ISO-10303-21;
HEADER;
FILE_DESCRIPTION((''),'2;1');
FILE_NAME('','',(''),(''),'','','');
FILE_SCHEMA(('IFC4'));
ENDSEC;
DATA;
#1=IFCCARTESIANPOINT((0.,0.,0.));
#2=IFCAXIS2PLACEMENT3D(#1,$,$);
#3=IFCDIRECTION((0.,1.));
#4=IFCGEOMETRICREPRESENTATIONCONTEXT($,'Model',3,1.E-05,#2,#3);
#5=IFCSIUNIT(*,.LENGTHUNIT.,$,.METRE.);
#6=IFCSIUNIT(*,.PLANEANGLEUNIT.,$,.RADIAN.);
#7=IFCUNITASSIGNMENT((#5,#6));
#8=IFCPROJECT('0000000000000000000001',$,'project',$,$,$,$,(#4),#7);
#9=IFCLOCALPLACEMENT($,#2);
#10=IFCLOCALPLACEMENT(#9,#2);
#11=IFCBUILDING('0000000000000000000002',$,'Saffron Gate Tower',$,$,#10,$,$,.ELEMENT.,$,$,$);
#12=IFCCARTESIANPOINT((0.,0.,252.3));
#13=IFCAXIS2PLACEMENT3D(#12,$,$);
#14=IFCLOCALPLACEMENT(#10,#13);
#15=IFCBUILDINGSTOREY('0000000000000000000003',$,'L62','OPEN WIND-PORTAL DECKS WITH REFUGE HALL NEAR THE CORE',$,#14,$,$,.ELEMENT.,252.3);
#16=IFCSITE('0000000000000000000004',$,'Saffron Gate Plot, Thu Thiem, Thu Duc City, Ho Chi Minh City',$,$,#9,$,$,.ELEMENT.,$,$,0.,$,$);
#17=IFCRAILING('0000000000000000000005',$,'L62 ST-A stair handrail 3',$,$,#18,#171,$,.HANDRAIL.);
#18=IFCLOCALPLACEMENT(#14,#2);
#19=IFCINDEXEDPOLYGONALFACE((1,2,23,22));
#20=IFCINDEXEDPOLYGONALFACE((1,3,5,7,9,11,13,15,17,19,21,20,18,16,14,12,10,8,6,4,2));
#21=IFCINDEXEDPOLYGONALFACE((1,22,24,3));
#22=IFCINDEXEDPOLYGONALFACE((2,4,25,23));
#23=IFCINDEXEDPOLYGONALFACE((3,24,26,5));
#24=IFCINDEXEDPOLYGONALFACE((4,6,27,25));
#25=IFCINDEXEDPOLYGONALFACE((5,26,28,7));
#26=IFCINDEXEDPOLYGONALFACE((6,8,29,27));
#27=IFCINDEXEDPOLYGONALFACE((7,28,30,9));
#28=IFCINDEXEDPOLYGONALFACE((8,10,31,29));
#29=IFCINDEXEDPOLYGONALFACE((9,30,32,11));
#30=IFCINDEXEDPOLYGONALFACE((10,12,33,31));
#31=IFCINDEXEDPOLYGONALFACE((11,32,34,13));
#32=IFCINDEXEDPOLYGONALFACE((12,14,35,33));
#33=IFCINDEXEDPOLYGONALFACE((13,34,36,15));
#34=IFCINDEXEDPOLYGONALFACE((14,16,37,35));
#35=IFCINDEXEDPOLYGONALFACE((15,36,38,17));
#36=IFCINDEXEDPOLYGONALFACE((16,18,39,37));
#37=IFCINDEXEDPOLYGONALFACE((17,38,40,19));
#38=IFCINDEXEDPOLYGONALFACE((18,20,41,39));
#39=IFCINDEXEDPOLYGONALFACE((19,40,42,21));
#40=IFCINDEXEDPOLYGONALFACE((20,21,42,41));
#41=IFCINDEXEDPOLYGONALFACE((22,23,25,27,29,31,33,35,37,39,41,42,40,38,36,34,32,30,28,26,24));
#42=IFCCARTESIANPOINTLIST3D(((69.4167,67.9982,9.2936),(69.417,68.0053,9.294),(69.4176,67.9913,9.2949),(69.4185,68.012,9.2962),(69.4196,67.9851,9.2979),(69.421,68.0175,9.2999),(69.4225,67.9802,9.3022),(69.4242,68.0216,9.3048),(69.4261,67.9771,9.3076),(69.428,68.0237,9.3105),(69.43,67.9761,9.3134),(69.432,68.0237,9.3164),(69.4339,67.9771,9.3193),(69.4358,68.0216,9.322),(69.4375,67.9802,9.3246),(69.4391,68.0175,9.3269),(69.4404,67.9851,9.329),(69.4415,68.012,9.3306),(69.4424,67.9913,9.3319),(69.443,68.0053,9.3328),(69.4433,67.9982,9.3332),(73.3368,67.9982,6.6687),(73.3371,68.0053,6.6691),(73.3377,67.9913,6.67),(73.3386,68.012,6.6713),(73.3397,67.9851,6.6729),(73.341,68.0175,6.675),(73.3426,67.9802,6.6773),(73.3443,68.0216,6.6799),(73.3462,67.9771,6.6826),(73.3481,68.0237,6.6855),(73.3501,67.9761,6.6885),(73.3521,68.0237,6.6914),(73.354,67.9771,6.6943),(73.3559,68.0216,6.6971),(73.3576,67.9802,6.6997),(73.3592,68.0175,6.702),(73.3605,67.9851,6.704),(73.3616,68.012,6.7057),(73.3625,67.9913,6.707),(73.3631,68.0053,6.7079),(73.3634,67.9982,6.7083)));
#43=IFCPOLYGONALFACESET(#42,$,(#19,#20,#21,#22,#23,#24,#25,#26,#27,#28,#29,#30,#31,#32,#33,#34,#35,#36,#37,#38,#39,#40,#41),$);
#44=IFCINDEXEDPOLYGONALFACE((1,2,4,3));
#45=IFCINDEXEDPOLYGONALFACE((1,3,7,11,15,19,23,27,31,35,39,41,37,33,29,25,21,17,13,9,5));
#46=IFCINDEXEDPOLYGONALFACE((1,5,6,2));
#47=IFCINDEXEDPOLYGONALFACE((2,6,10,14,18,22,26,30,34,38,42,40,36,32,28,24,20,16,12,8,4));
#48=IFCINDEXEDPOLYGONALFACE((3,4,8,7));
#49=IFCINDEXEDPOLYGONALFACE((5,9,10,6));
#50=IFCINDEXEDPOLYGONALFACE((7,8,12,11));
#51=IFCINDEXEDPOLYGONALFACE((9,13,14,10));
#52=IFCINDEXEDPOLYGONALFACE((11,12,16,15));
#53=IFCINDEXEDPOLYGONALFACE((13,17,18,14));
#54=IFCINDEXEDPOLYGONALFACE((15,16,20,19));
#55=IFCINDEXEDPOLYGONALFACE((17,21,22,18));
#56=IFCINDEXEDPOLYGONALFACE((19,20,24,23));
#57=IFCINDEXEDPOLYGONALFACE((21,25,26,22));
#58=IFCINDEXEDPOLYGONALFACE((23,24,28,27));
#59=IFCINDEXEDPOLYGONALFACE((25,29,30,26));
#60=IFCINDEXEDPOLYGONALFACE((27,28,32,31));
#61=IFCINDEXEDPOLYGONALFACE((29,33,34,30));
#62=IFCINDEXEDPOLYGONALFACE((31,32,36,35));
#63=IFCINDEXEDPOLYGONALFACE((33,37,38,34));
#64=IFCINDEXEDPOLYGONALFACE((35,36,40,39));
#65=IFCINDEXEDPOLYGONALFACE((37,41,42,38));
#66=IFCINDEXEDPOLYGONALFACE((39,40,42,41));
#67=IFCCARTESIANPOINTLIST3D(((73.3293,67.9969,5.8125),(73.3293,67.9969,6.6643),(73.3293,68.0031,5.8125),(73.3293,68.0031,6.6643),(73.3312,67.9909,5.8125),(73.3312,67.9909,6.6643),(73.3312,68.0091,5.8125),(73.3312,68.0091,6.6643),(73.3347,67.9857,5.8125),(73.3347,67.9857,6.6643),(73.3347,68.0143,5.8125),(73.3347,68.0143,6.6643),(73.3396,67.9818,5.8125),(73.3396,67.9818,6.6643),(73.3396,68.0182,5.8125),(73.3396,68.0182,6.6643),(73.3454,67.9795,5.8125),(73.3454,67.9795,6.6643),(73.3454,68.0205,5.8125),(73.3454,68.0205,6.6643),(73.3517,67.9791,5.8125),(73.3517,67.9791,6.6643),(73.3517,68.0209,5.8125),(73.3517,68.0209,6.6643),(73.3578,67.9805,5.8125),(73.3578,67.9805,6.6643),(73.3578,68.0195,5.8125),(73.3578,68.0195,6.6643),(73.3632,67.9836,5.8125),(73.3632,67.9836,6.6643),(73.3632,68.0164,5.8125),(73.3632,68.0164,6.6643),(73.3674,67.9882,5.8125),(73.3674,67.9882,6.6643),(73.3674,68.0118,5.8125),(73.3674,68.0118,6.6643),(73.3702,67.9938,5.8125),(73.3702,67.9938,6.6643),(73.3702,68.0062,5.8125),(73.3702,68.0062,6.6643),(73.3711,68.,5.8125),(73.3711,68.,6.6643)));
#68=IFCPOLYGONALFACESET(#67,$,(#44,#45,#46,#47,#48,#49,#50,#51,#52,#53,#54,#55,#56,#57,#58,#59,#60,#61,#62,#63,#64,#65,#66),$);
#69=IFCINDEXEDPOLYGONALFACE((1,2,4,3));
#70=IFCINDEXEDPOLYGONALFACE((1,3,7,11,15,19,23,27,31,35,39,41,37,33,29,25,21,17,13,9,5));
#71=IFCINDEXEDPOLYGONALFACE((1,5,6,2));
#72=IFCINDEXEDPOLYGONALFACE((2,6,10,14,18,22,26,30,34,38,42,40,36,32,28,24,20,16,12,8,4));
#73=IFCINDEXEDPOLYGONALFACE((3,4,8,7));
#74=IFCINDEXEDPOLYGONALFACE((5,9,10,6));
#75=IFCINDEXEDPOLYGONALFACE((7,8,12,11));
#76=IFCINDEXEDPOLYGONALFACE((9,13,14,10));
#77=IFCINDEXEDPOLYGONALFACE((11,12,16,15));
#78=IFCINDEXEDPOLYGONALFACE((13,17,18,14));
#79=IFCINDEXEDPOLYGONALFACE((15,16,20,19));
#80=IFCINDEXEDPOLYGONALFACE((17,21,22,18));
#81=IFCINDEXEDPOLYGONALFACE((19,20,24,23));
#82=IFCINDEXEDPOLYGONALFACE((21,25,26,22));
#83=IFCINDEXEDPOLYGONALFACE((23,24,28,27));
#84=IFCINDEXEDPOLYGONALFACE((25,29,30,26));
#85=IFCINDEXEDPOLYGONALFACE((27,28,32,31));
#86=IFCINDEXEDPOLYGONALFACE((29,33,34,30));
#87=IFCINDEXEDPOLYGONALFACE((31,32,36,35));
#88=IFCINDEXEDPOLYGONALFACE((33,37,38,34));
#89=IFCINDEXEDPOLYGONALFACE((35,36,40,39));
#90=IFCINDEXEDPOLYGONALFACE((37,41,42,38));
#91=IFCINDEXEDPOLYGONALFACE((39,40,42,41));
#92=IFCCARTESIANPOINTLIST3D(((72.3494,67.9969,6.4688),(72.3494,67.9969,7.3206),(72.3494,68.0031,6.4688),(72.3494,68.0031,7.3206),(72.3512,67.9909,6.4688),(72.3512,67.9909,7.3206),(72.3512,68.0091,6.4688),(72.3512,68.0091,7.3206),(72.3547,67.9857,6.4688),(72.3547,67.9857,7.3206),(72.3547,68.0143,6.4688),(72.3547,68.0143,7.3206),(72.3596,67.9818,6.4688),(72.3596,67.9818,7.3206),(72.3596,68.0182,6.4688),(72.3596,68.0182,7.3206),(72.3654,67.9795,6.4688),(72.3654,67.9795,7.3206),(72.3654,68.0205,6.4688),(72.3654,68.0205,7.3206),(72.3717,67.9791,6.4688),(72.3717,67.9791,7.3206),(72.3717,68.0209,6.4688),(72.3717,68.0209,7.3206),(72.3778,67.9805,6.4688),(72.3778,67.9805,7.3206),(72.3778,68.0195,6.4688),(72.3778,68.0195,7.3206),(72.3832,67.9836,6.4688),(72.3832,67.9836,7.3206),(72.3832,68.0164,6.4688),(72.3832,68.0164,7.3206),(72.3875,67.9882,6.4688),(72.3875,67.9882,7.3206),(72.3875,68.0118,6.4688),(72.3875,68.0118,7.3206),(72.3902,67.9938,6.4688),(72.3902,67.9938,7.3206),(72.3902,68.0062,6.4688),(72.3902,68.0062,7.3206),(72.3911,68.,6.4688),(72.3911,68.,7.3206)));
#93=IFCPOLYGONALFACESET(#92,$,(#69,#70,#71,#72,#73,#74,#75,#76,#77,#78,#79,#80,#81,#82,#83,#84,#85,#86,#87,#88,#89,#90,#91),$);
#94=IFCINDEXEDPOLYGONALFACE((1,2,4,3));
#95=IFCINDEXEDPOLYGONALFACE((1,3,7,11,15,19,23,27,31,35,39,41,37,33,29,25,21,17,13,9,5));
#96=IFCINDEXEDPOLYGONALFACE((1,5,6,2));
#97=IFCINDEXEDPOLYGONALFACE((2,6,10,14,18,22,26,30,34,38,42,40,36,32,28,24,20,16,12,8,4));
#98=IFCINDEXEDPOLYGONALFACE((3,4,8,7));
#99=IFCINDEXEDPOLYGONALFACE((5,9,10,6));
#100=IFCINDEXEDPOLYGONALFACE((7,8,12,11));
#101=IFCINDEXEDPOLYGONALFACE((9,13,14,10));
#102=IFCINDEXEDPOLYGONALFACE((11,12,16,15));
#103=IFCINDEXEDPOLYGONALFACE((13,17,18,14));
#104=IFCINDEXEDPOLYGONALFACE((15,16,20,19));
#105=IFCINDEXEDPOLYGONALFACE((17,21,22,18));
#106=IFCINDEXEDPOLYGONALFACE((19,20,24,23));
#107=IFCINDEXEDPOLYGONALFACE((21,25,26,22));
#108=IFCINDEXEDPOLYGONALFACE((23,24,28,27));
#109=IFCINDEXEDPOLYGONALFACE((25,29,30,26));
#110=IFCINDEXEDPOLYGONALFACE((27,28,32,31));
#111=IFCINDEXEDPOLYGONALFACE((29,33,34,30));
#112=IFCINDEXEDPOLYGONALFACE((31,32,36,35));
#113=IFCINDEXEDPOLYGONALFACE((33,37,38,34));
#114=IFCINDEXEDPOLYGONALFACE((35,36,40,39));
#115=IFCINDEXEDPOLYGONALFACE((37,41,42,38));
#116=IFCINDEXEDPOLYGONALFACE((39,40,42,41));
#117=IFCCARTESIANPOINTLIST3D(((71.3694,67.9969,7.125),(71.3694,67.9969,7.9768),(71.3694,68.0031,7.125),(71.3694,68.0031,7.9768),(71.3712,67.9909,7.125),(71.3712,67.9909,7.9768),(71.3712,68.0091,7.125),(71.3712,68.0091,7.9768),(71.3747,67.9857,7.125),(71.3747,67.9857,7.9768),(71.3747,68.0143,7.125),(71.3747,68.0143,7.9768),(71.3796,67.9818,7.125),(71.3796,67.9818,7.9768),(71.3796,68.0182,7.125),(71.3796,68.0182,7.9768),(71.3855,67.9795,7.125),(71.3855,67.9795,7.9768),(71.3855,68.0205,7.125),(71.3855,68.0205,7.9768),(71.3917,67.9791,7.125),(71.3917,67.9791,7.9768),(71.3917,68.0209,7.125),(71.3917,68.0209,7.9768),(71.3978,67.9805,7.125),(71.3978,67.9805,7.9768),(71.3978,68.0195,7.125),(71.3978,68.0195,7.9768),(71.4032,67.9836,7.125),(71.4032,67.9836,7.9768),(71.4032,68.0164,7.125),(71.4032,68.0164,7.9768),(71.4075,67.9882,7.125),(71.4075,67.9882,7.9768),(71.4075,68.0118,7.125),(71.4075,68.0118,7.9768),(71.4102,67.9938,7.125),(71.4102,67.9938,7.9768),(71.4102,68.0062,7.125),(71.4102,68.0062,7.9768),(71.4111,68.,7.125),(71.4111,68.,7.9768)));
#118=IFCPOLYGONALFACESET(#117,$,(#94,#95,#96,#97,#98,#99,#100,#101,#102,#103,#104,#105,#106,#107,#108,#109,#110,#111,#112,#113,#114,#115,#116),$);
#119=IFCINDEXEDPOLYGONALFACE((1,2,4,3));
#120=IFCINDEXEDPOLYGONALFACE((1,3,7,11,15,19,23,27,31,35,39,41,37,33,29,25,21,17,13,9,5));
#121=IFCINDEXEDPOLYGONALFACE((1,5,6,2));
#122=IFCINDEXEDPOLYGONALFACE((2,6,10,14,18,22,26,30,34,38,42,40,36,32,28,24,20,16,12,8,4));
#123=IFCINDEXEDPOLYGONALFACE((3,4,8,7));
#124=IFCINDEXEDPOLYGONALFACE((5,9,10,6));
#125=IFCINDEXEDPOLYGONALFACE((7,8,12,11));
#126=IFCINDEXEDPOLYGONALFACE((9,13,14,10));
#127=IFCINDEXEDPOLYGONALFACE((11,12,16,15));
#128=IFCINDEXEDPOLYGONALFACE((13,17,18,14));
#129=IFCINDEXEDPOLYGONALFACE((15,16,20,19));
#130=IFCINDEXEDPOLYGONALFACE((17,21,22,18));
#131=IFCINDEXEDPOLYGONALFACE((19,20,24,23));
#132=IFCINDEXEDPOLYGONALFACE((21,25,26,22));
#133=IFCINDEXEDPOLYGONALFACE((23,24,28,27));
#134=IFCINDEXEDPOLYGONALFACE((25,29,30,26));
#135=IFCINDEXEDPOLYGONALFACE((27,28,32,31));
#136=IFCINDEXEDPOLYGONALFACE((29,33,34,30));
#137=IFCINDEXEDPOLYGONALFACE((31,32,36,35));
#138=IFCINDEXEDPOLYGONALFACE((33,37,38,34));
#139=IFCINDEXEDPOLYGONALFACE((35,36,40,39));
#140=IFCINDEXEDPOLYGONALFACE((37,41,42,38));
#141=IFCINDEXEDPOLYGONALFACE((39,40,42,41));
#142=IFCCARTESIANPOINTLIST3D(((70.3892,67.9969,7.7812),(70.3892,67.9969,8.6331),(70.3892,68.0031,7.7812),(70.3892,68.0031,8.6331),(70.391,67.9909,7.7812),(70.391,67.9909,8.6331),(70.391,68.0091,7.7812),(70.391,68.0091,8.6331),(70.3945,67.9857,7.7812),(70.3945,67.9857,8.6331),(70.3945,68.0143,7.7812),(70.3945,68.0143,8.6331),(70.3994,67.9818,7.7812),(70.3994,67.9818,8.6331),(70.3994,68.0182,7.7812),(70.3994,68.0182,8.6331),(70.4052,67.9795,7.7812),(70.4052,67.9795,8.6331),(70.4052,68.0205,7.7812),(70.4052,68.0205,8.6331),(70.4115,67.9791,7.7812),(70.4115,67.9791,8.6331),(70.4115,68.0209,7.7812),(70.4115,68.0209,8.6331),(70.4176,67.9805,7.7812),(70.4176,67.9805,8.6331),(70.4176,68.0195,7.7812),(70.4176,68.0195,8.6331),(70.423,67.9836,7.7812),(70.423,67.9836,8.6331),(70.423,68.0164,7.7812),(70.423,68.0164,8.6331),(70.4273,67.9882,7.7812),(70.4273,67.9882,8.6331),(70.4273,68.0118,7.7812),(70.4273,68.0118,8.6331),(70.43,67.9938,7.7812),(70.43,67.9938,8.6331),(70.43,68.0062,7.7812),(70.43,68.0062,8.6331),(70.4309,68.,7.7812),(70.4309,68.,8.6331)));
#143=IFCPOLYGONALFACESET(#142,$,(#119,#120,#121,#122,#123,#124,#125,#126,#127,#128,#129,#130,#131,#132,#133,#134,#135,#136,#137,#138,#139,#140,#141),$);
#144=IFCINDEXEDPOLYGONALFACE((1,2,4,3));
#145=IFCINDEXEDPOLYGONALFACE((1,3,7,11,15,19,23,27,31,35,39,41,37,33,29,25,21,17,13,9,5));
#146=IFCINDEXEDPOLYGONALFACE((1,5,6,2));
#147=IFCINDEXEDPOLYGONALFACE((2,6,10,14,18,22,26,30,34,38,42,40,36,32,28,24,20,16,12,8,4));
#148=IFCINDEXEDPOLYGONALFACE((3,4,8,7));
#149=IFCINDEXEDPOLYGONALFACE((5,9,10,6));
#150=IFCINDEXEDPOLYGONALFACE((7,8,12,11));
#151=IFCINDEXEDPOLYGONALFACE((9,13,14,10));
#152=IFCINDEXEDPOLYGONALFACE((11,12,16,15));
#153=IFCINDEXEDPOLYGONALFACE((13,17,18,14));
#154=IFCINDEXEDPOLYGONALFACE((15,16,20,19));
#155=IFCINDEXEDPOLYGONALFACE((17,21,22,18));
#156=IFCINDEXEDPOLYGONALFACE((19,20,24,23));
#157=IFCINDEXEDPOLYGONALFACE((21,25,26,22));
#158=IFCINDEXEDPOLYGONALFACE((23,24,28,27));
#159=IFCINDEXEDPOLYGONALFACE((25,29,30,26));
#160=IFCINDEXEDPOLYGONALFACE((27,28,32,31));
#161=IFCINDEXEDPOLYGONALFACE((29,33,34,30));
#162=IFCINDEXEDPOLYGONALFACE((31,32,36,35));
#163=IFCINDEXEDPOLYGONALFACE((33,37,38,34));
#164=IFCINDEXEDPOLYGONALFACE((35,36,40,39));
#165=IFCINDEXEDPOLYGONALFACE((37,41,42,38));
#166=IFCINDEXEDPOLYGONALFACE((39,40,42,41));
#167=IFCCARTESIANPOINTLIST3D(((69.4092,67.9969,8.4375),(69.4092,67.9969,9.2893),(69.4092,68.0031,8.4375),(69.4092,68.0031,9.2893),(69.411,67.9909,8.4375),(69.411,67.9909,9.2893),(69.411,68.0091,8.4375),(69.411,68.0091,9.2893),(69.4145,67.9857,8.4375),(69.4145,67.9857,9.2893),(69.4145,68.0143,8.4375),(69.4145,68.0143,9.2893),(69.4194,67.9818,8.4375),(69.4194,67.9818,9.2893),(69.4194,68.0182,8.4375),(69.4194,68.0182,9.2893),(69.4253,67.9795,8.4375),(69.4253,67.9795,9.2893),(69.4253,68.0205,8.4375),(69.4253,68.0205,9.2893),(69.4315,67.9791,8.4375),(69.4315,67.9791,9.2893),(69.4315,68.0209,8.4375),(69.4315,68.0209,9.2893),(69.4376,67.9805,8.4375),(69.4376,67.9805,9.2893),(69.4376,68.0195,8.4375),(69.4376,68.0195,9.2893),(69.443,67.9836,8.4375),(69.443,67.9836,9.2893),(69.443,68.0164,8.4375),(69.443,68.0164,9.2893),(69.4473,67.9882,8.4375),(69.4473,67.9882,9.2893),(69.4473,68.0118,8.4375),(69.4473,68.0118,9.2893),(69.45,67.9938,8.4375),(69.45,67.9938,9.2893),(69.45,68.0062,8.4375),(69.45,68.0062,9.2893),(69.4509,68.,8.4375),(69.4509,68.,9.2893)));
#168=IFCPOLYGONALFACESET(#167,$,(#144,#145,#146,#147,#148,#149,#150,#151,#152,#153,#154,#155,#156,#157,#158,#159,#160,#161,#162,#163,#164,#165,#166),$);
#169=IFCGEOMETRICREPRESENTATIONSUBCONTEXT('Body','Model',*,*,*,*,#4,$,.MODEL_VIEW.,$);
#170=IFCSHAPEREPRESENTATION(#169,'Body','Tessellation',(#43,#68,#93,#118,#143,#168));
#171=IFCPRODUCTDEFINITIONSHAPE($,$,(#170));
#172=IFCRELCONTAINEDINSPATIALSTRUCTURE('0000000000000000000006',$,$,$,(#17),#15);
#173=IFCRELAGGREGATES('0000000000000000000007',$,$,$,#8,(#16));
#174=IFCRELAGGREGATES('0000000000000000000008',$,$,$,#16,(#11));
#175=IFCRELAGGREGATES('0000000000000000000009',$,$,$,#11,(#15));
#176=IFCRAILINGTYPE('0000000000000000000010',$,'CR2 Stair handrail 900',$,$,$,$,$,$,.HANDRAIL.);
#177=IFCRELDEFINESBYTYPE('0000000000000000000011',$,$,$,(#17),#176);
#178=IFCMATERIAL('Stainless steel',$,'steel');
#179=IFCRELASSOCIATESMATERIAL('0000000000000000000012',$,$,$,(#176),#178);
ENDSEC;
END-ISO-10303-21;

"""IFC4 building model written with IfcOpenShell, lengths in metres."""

from ifc_helpers import new_model, si_unit, direction, frame, origin, origin_2d, place, context, subcontext, project, spatial, circle, extrude, material, type_object, element, save


model = new_model("IFC4")

# Units and contexts
model_context = context("Model", 3, precision=1e-05, world=origin(), true_north=direction((0.0, 1.0)))
body_context = subcontext(model_context, "Body", "Model", "MODEL_VIEW")
ifc_project = project(units=[si_unit("LENGTHUNIT", "METRE"), si_unit("PLANEANGLEUNIT", "RADIAN")], contexts=[model_context])

# Site, building, storey
site_placement = place(None, origin())
site = spatial("IfcSite", under=ifc_project, at=site_placement, Name="Saffron Gate Plot, Thu Thiem, Thu Duc City, Ho Chi Minh City", CompositionType="ELEMENT", RefElevation=0.0)
building_placement = place(site_placement, origin())
building = spatial("IfcBuilding", under=site, at=building_placement, Name="Saffron Gate Tower", CompositionType="ELEMENT")
storey_placement = place(building_placement, frame((0.0, 0.0, 252.3)))
storey = spatial("IfcBuildingStorey", under=building, at=storey_placement, Name="L62", Description="OPEN WIND-PORTAL DECKS WITH REFUGE HALL NEAR THE CORE", CompositionType="ELEMENT", Elevation=252.3)

# Railing
ifc_material_1 = material(Name="Stainless steel", Category="steel")
railing_type_1 = type_object("IfcRailingType", Name="CR2 Stair handrail 900", PredefinedType="HANDRAIL", material=ifc_material_1)
for number, where, name in (
    (1, (73.3501, 68.0, 5.8125), "L62 ST-A stair handrail 3"),
):
    element("IfcRailing", number, at=place(storey_placement, frame(where)), inside=storey, type_object=railing_type_1, Name=name, PredefinedType="HANDRAIL", context=body_context, shape_type="SweptSolid", body=[
        extrude(circle(Radius=0.0239, at=origin_2d()), frame((0.0, 0.0, 0.876), z_axis=(-0.830918, 0.0, 0.556395), x_axis=(0.0, -1.0, 0.0)), (0.0, 0.0, 1.0), 4.7178),
        extrude(circle(Radius=0.021, at=origin_2d()), origin(), (0.0, 0.0, 1.0), 0.8518),
        extrude(circle(Radius=0.021, at=origin_2d()), frame((-0.98, 0.0, 0.6562)), (0.0, 0.0, 1.0), 0.8518),
        extrude(circle(Radius=0.021, at=origin_2d()), frame((-1.96, 0.0, 1.3125)), (0.0, 0.0, 1.0), 0.8518),
        extrude(circle(Radius=0.021, at=origin_2d()), frame((-2.9402, 0.0, 1.9688)), (0.0, 0.0, 1.0), 0.8518),
        extrude(circle(Radius=0.021, at=origin_2d()), frame((-3.9202, 0.0, 2.625)), (0.0, 0.0, 1.0), 0.8518),
    ])

save(model, "model.ifc")
